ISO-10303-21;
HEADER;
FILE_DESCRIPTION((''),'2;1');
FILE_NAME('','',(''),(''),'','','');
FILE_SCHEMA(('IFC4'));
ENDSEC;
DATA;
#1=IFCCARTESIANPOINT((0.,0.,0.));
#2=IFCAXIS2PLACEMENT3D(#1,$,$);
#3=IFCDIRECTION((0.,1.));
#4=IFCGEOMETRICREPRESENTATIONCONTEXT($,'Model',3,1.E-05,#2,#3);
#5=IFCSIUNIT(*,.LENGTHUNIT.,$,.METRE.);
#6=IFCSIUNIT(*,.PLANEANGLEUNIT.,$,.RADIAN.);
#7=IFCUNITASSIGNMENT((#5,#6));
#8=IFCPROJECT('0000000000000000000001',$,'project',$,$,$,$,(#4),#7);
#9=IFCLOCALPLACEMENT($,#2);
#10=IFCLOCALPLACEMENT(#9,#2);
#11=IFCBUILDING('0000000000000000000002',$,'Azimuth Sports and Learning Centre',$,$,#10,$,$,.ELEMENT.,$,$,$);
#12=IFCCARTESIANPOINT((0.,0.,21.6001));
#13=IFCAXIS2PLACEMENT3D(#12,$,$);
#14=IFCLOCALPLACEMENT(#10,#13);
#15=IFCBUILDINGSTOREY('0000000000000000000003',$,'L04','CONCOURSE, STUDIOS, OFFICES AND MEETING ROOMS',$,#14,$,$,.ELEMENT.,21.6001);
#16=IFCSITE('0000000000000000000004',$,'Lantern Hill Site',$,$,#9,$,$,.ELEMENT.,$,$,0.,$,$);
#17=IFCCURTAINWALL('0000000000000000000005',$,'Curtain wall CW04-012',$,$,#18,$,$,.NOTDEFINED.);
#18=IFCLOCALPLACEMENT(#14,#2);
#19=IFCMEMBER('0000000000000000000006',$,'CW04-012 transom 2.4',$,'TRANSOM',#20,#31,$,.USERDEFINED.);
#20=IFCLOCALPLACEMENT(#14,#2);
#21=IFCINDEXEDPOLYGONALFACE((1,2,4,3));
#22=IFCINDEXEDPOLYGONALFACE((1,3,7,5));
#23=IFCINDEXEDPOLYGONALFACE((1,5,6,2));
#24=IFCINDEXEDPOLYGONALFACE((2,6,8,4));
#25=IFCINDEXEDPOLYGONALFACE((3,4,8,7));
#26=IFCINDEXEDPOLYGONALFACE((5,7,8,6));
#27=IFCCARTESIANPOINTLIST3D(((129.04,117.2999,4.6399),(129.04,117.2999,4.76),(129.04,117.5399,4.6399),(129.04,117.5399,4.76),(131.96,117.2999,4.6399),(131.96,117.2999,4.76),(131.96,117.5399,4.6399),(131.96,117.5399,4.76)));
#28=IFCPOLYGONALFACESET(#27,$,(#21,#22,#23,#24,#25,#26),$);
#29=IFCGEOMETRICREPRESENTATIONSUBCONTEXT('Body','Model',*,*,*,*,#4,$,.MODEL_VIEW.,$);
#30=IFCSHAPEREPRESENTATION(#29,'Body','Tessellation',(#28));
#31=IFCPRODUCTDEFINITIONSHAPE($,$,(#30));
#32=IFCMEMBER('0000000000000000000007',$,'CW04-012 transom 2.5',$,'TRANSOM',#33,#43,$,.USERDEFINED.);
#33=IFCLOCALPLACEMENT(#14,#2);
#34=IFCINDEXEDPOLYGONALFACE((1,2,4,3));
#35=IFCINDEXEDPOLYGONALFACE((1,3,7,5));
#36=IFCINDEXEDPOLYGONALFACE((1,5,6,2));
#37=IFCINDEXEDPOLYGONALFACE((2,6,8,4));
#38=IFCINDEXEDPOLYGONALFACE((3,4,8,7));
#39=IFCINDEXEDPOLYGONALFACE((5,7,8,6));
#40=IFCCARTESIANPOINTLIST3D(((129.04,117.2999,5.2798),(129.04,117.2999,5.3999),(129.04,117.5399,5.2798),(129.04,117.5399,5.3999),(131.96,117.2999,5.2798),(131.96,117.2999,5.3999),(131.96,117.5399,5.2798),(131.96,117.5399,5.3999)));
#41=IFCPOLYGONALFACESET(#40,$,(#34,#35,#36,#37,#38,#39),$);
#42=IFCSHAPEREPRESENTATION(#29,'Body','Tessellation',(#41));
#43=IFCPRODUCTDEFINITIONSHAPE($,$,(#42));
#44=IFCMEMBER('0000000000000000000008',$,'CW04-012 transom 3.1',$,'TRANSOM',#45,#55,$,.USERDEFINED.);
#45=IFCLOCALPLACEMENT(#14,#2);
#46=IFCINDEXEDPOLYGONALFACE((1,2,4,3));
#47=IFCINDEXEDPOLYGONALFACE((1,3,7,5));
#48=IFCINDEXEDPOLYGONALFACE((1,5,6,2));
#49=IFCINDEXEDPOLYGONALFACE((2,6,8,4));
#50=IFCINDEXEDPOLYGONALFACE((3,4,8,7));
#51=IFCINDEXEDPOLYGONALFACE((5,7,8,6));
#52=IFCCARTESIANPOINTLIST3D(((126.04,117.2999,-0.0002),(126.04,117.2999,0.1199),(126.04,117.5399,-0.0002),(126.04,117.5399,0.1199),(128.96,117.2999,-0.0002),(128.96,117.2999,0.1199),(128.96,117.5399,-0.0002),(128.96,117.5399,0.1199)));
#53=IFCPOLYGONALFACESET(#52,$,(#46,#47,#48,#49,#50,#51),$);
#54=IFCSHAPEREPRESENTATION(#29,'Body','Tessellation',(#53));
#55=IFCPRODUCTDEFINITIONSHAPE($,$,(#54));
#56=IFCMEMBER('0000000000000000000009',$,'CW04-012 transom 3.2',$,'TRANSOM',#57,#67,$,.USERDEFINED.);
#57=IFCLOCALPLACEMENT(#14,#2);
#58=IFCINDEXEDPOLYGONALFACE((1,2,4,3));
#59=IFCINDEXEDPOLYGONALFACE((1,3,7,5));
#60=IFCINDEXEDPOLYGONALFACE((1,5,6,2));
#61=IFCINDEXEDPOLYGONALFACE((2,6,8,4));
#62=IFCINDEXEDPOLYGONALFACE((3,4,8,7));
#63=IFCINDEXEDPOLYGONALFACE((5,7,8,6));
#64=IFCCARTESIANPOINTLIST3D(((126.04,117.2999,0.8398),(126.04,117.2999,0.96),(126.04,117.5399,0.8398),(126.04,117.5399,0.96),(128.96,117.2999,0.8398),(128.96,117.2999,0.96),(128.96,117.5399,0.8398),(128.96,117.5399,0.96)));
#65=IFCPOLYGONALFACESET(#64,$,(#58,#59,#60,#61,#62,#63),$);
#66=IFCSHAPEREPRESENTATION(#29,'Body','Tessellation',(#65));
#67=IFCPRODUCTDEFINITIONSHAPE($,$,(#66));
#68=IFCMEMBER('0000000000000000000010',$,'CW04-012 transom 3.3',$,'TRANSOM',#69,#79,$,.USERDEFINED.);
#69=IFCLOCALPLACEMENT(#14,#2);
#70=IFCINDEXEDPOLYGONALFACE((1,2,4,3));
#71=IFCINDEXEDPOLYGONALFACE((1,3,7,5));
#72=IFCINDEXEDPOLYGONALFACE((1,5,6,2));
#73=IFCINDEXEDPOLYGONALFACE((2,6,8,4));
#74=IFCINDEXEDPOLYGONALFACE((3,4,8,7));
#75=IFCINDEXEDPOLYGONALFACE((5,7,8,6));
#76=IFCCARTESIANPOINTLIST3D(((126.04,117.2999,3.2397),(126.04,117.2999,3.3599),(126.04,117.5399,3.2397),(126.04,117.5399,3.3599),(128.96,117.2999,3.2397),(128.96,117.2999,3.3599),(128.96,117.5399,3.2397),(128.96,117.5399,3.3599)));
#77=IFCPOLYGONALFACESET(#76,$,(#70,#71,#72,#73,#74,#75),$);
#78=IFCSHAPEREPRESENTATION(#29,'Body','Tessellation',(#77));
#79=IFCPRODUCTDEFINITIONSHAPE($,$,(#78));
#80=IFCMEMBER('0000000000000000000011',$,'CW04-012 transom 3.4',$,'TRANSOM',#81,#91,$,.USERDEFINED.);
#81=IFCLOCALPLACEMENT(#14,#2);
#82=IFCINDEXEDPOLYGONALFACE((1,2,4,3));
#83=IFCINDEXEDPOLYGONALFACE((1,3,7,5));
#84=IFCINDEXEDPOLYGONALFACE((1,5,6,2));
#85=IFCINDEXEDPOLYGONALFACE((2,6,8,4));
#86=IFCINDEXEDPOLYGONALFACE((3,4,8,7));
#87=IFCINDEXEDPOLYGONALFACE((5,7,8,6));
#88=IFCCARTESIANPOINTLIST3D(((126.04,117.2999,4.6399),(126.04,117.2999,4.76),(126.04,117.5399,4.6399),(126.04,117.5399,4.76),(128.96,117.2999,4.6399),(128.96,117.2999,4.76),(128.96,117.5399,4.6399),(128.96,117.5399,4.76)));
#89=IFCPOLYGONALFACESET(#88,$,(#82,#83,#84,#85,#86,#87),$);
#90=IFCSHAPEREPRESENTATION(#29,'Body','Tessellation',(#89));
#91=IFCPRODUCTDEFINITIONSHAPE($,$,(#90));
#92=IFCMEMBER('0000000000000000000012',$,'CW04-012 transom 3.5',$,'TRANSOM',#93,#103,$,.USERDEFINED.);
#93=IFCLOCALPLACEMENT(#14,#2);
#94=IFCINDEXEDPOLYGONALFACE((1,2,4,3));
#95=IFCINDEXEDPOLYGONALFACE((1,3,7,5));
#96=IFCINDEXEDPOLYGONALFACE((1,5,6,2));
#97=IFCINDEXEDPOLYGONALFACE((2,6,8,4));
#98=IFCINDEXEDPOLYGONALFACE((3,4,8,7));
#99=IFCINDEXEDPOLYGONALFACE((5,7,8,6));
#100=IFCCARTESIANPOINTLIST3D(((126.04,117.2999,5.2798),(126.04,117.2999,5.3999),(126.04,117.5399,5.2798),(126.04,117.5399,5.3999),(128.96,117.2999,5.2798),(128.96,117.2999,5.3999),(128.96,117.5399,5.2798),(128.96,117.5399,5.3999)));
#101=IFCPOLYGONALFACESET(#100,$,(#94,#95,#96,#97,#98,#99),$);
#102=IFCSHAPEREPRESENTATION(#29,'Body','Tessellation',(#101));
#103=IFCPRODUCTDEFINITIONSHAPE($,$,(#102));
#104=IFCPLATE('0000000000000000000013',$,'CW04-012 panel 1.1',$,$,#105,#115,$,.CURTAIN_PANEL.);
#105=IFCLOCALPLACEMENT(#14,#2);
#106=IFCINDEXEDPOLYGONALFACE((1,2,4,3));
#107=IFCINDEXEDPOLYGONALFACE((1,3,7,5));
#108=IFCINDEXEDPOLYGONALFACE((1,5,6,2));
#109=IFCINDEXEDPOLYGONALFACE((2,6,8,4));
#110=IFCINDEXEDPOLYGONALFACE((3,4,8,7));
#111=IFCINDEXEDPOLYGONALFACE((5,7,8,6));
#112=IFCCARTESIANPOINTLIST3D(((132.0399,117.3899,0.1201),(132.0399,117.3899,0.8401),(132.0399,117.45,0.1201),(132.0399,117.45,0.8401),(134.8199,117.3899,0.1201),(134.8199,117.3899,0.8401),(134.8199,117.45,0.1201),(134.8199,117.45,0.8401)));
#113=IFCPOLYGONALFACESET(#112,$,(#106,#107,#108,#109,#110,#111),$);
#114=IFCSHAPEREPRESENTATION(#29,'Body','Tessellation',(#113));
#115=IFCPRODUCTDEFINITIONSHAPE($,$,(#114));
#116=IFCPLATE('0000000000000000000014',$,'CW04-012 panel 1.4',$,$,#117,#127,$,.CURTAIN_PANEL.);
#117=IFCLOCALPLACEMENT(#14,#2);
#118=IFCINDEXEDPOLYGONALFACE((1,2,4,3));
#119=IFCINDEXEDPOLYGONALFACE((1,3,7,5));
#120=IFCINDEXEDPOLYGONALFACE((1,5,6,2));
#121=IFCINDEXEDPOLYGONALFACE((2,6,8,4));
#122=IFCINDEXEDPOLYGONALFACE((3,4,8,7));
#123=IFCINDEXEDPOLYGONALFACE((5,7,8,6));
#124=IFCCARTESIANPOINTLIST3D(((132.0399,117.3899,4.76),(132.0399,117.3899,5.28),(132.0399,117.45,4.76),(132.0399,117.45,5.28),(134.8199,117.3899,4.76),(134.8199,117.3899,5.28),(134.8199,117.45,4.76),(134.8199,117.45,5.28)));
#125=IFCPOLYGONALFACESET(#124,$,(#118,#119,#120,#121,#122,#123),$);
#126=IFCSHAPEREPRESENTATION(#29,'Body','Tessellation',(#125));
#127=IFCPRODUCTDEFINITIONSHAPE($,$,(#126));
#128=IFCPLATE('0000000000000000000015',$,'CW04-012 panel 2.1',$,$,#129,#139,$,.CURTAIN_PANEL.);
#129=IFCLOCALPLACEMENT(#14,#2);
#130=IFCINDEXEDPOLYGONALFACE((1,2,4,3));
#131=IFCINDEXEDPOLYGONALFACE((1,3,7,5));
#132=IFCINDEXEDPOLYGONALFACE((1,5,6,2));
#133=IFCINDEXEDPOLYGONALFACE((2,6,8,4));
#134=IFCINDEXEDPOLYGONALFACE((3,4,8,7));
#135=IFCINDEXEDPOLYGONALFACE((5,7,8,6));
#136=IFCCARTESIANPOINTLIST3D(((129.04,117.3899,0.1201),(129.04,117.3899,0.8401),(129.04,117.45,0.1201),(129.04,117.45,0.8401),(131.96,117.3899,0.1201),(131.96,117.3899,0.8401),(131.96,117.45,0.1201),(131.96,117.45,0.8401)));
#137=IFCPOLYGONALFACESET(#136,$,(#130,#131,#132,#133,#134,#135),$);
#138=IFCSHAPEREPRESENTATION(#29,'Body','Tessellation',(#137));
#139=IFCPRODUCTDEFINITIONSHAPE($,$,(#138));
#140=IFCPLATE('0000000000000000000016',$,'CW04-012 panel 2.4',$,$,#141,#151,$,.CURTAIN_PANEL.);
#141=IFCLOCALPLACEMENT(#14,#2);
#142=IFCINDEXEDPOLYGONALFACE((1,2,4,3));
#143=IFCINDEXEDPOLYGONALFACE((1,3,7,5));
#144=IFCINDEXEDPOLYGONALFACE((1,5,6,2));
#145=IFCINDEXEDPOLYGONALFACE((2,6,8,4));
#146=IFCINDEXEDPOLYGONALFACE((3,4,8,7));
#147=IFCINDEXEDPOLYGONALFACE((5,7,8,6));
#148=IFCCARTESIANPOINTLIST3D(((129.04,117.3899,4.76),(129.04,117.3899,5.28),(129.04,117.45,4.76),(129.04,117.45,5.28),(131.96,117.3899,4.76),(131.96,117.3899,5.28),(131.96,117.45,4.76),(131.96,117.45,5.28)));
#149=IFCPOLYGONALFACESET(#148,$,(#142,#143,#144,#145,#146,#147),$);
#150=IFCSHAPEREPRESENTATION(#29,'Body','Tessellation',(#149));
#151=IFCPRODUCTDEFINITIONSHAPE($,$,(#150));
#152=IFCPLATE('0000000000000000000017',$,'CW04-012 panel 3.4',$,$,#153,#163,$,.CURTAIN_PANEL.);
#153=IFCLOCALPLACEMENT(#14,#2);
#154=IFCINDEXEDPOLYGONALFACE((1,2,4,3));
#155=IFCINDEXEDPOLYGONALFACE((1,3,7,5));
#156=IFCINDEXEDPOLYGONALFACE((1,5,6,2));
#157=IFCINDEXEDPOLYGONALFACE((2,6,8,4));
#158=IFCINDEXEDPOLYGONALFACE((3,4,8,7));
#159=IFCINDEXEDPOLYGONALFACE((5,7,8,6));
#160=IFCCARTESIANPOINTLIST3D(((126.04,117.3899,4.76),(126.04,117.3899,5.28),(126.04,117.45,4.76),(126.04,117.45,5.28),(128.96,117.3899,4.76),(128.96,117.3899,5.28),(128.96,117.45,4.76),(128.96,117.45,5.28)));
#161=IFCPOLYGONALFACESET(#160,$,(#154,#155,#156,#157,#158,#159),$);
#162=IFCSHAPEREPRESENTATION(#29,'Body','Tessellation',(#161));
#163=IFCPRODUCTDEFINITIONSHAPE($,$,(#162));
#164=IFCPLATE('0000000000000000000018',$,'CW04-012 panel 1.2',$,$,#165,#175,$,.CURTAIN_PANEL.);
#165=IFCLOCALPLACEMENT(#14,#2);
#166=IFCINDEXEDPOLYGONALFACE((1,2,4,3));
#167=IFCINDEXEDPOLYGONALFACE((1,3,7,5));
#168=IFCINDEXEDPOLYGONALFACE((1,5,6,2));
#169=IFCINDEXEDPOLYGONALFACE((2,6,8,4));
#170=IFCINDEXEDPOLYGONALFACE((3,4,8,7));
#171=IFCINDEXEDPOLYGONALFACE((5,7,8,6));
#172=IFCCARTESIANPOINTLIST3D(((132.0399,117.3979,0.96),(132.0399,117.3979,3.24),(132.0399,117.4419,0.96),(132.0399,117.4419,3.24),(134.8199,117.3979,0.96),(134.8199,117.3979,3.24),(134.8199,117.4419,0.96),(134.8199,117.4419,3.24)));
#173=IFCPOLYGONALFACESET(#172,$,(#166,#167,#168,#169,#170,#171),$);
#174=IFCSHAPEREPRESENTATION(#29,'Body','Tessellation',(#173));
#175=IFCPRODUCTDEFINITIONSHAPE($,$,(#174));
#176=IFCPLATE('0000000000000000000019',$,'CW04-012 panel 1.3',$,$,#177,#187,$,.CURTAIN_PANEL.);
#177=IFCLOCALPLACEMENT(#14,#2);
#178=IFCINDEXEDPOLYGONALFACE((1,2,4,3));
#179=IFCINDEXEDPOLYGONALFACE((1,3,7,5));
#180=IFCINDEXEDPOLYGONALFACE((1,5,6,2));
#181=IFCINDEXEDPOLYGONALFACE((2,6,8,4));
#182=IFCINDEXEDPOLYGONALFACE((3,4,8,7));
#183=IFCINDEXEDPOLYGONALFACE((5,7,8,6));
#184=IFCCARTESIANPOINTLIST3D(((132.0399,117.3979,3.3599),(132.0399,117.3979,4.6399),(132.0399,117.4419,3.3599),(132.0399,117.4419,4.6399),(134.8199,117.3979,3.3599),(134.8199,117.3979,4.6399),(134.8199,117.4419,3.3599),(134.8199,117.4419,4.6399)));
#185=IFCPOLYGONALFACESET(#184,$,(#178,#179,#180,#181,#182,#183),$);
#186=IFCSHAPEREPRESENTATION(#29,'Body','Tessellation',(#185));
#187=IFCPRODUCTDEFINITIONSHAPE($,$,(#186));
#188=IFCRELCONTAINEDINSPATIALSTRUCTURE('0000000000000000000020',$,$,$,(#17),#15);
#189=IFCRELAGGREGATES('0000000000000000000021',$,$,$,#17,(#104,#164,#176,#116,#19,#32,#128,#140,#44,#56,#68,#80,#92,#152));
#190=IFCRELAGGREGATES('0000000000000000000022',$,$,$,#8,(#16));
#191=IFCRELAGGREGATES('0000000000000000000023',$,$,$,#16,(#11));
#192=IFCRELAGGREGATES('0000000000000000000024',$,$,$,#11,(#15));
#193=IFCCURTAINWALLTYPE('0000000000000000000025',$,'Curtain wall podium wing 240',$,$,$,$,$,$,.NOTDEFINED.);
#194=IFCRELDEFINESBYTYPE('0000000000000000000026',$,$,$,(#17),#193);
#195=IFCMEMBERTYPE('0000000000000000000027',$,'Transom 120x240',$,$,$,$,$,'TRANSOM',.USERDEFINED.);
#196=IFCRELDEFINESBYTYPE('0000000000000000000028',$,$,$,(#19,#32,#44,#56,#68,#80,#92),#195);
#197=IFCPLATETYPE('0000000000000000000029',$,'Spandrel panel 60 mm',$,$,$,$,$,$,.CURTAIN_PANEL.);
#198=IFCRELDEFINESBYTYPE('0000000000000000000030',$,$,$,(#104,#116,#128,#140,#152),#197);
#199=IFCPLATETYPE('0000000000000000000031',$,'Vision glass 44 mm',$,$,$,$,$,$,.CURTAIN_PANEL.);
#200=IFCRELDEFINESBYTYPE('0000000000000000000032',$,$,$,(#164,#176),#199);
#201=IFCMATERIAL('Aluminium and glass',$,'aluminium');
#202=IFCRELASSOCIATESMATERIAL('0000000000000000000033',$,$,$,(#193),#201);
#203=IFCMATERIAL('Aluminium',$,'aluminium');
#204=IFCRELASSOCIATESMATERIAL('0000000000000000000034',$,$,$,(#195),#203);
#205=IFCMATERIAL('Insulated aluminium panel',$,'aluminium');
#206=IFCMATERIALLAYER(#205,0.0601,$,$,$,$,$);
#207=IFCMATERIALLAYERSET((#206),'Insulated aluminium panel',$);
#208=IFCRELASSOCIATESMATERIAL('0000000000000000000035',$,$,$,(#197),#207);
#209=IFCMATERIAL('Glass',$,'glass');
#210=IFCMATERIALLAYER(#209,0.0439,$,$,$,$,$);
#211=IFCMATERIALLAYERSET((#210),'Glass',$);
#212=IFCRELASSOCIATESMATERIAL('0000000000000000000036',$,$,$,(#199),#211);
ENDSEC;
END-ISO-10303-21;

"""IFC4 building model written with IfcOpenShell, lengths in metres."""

from ifc_helpers import new_model, si_unit, direction, frame, origin, origin_2d, place, context, subcontext, project, spatial, rectangle, extrude, material, layer, layer_set, material_profile, profile_set, type_object, element, aggregate, save


model = new_model("IFC4")

# Units and contexts
model_context = context("Model", 3, precision=1e-05, world=origin(), true_north=direction((0.0, 1.0)))
body_context = subcontext(model_context, "Body", "Model", "MODEL_VIEW")
ifc_project = project(units=[si_unit("LENGTHUNIT", "METRE"), si_unit("PLANEANGLEUNIT", "RADIAN")], contexts=[model_context])

# Site, building, storey
site_placement = place(None, origin())
site = spatial("IfcSite", under=ifc_project, at=site_placement, Name="Lantern Hill Site", CompositionType="ELEMENT", RefElevation=0.0)
building_placement = place(site_placement, origin())
building = spatial("IfcBuilding", under=site, at=building_placement, Name="Azimuth Sports and Learning Centre", CompositionType="ELEMENT")
storey_placement = place(building_placement, frame((0.0, 0.0, 21.6001)))
storey = spatial("IfcBuildingStorey", under=building, at=storey_placement, Name="L04", Description="CONCOURSE, STUDIOS, OFFICES AND MEETING ROOMS", CompositionType="ELEMENT", Elevation=21.6001)

# Curtain wall, members, plates
ifc_material_1 = material(Name="Aluminium and glass", Category="aluminium")
curtain_wall_type = type_object("IfcCurtainWallType", Name="Curtain wall podium wing 240", PredefinedType="NOTDEFINED", material=ifc_material_1)
curtain_wall_placement = place(storey_placement, origin())
curtain_wall = element("IfcCurtainWall", 1, at=curtain_wall_placement, inside=storey, type_object=curtain_wall_type, Name="Curtain wall CW04-012", PredefinedType="NOTDEFINED")
ifc_material_2 = material(Name="Aluminium", Category="aluminium")
ifc_material_profile_1 = material_profile(ifc_material_2, rectangle(XDim=0.24, YDim=0.1201, at=origin_2d()), Name="Transom 120x240")
ifc_profile_set_1 = profile_set([ifc_material_profile_1], Name="Aluminium")
member_type_1 = type_object("IfcMemberType", Name="Transom 120x240", ElementType="TRANSOM", PredefinedType="USERDEFINED", material=ifc_profile_set_1)
member_1_placement = place(storey_placement, frame((131.96, 117.4199, 4.7), z_axis=(-1.0, 0.0, 0.0), x_axis=(0.0, -1.0, 0.0)))
member_1 = element("IfcMember", 2, at=member_1_placement, type_object=member_type_1, Name="CW04-012 transom 2.4", ObjectType="TRANSOM", PredefinedType="USERDEFINED", context=body_context, shape_type="SweptSolid", body=[
    extrude(rectangle(XDim=0.24, YDim=0.1201, at=origin_2d()), origin(), (0.0, 0.0, 1.0), 2.9199),
])
member_2_placement = place(storey_placement, frame((131.96, 117.4199, 5.3398), z_axis=(-1.0, 0.0, 0.0), x_axis=(0.0, -1.0, 0.0)))
member_2 = element("IfcMember", 3, at=member_2_placement, type_object=member_type_1, Name="CW04-012 transom 2.5", ObjectType="TRANSOM", PredefinedType="USERDEFINED", context=body_context, shape_type="SweptSolid", body=[
    extrude(rectangle(XDim=0.24, YDim=0.1201, at=origin_2d()), origin(), (0.0, 0.0, 1.0), 2.9199),
])
member_3_placement = place(storey_placement, frame((128.96, 117.4199, 0.0598), z_axis=(-1.0, 0.0, 0.0), x_axis=(0.0, -1.0, 0.0)))
member_3 = element("IfcMember", 4, at=member_3_placement, type_object=member_type_1, Name="CW04-012 transom 3.1", ObjectType="TRANSOM", PredefinedType="USERDEFINED", context=body_context, shape_type="SweptSolid", body=[
    extrude(rectangle(XDim=0.24, YDim=0.1201, at=origin_2d()), origin(), (0.0, 0.0, 1.0), 2.9199),
])
member_4_placement = place(storey_placement, frame((128.96, 117.4199, 0.8999), z_axis=(-1.0, 0.0, 0.0), x_axis=(0.0, -1.0, 0.0)))
member_4 = element("IfcMember", 5, at=member_4_placement, type_object=member_type_1, Name="CW04-012 transom 3.2", ObjectType="TRANSOM", PredefinedType="USERDEFINED", context=body_context, shape_type="SweptSolid", body=[
    extrude(rectangle(XDim=0.24, YDim=0.1201, at=origin_2d()), origin(), (0.0, 0.0, 1.0), 2.9199),
])
member_5_placement = place(storey_placement, frame((128.96, 117.4199, 3.2998), z_axis=(-1.0, 0.0, 0.0), x_axis=(0.0, -1.0, 0.0)))
member_5 = element("IfcMember", 6, at=member_5_placement, type_object=member_type_1, Name="CW04-012 transom 3.3", ObjectType="TRANSOM", PredefinedType="USERDEFINED", context=body_context, shape_type="SweptSolid", body=[
    extrude(rectangle(XDim=0.24, YDim=0.1201, at=origin_2d()), origin(), (0.0, 0.0, 1.0), 2.9199),
])
member_6_placement = place(storey_placement, frame((128.96, 117.4199, 4.7), z_axis=(-1.0, 0.0, 0.0), x_axis=(0.0, -1.0, 0.0)))
member_6 = element("IfcMember", 7, at=member_6_placement, type_object=member_type_1, Name="CW04-012 transom 3.4", ObjectType="TRANSOM", PredefinedType="USERDEFINED", context=body_context, shape_type="SweptSolid", body=[
    extrude(rectangle(XDim=0.24, YDim=0.1201, at=origin_2d()), origin(), (0.0, 0.0, 1.0), 2.9199),
])
member_7_placement = place(storey_placement, frame((128.96, 117.4199, 5.3398), z_axis=(-1.0, 0.0, 0.0), x_axis=(0.0, -1.0, 0.0)))
member_7 = element("IfcMember", 8, at=member_7_placement, type_object=member_type_1, Name="CW04-012 transom 3.5", ObjectType="TRANSOM", PredefinedType="USERDEFINED", context=body_context, shape_type="SweptSolid", body=[
    extrude(rectangle(XDim=0.24, YDim=0.1201, at=origin_2d()), origin(), (0.0, 0.0, 1.0), 2.9199),
])
ifc_material_3 = material(Name="Insulated aluminium panel", Category="aluminium")
ifc_layer_1 = layer(ifc_material_3, 0.0601)
ifc_layer_set_1 = layer_set([ifc_layer_1], Name="Insulated aluminium panel")
plate_type_1 = type_object("IfcPlateType", Name="Spandrel panel 60 mm", PredefinedType="CURTAIN_PANEL", material=ifc_layer_set_1)
plate_1_placement = place(storey_placement, frame((133.4299, 117.4199, 0.1201), z_axis=(0.0, 0.0, 1.0), x_axis=(-1.0, 0.0, 0.0)))
plate_1 = element("IfcPlate", 9, at=plate_1_placement, type_object=plate_type_1, Name="CW04-012 panel 1.1", PredefinedType="CURTAIN_PANEL", context=body_context, shape_type="SweptSolid", body=[
    extrude(rectangle(XDim=2.78, YDim=0.0601, at=origin_2d()), origin(), (0.0, 0.0, 1.0), 0.72),
])
plate_2_placement = place(storey_placement, frame((133.4299, 117.4199, 4.76), z_axis=(0.0, 0.0, 1.0), x_axis=(-1.0, 0.0, 0.0)))
plate_2 = element("IfcPlate", 10, at=plate_2_placement, type_object=plate_type_1, Name="CW04-012 panel 1.4", PredefinedType="CURTAIN_PANEL", context=body_context, shape_type="SweptSolid", body=[
    extrude(rectangle(XDim=2.78, YDim=0.0601, at=origin_2d()), origin(), (0.0, 0.0, 1.0), 0.52),
])
plate_3_placement = place(storey_placement, frame((130.5, 117.4199, 0.1201), z_axis=(0.0, 0.0, 1.0), x_axis=(-1.0, 0.0, 0.0)))
plate_3 = element("IfcPlate", 11, at=plate_3_placement, type_object=plate_type_1, Name="CW04-012 panel 2.1", PredefinedType="CURTAIN_PANEL", context=body_context, shape_type="SweptSolid", body=[
    extrude(rectangle(XDim=2.9199, YDim=0.0601, at=origin_2d()), origin(), (0.0, 0.0, 1.0), 0.72),
])
plate_4_placement = place(storey_placement, frame((130.5, 117.4199, 4.76), z_axis=(0.0, 0.0, 1.0), x_axis=(-1.0, 0.0, 0.0)))
plate_4 = element("IfcPlate", 12, at=plate_4_placement, type_object=plate_type_1, Name="CW04-012 panel 2.4", PredefinedType="CURTAIN_PANEL", context=body_context, shape_type="SweptSolid", body=[
    extrude(rectangle(XDim=2.9199, YDim=0.0601, at=origin_2d()), origin(), (0.0, 0.0, 1.0), 0.52),
])
plate_5_placement = place(storey_placement, frame((127.5, 117.4199, 4.76), z_axis=(0.0, 0.0, 1.0), x_axis=(-1.0, 0.0, 0.0)))
plate_5 = element("IfcPlate", 13, at=plate_5_placement, type_object=plate_type_1, Name="CW04-012 panel 3.4", PredefinedType="CURTAIN_PANEL", context=body_context, shape_type="SweptSolid", body=[
    extrude(rectangle(XDim=2.9199, YDim=0.0601, at=origin_2d()), origin(), (0.0, 0.0, 1.0), 0.52),
])
ifc_material_4 = material(Name="Glass", Category="glass")
ifc_layer_2 = layer(ifc_material_4, 0.0439)
ifc_layer_set_2 = layer_set([ifc_layer_2], Name="Glass")
plate_type_2 = type_object("IfcPlateType", Name="Vision glass 44 mm", PredefinedType="CURTAIN_PANEL", material=ifc_layer_set_2)
plate_6_placement = place(storey_placement, frame((133.4299, 117.4199, 0.96), z_axis=(0.0, 0.0, 1.0), x_axis=(-1.0, 0.0, 0.0)))
plate_6 = element("IfcPlate", 14, at=plate_6_placement, type_object=plate_type_2, Name="CW04-012 panel 1.2", PredefinedType="CURTAIN_PANEL", context=body_context, shape_type="SweptSolid", body=[
    extrude(rectangle(XDim=2.78, YDim=0.0439, at=origin_2d()), origin(), (0.0, 0.0, 1.0), 2.28),
])
plate_7_placement = place(storey_placement, frame((133.4299, 117.4199, 3.3599), z_axis=(0.0, 0.0, 1.0), x_axis=(-1.0, 0.0, 0.0)))
plate_7 = element("IfcPlate", 15, at=plate_7_placement, type_object=plate_type_2, Name="CW04-012 panel 1.3", PredefinedType="CURTAIN_PANEL", context=body_context, shape_type="SweptSolid", body=[
    extrude(rectangle(XDim=2.78, YDim=0.0439, at=origin_2d()), origin(), (0.0, 0.0, 1.0), 1.28),
])
aggregate(curtain_wall, [plate_1, plate_6, plate_7, plate_2, member_1, member_2, plate_3, plate_4, member_3, member_4, member_5, member_6, member_7, plate_5])

save(model, "model.ifc")
